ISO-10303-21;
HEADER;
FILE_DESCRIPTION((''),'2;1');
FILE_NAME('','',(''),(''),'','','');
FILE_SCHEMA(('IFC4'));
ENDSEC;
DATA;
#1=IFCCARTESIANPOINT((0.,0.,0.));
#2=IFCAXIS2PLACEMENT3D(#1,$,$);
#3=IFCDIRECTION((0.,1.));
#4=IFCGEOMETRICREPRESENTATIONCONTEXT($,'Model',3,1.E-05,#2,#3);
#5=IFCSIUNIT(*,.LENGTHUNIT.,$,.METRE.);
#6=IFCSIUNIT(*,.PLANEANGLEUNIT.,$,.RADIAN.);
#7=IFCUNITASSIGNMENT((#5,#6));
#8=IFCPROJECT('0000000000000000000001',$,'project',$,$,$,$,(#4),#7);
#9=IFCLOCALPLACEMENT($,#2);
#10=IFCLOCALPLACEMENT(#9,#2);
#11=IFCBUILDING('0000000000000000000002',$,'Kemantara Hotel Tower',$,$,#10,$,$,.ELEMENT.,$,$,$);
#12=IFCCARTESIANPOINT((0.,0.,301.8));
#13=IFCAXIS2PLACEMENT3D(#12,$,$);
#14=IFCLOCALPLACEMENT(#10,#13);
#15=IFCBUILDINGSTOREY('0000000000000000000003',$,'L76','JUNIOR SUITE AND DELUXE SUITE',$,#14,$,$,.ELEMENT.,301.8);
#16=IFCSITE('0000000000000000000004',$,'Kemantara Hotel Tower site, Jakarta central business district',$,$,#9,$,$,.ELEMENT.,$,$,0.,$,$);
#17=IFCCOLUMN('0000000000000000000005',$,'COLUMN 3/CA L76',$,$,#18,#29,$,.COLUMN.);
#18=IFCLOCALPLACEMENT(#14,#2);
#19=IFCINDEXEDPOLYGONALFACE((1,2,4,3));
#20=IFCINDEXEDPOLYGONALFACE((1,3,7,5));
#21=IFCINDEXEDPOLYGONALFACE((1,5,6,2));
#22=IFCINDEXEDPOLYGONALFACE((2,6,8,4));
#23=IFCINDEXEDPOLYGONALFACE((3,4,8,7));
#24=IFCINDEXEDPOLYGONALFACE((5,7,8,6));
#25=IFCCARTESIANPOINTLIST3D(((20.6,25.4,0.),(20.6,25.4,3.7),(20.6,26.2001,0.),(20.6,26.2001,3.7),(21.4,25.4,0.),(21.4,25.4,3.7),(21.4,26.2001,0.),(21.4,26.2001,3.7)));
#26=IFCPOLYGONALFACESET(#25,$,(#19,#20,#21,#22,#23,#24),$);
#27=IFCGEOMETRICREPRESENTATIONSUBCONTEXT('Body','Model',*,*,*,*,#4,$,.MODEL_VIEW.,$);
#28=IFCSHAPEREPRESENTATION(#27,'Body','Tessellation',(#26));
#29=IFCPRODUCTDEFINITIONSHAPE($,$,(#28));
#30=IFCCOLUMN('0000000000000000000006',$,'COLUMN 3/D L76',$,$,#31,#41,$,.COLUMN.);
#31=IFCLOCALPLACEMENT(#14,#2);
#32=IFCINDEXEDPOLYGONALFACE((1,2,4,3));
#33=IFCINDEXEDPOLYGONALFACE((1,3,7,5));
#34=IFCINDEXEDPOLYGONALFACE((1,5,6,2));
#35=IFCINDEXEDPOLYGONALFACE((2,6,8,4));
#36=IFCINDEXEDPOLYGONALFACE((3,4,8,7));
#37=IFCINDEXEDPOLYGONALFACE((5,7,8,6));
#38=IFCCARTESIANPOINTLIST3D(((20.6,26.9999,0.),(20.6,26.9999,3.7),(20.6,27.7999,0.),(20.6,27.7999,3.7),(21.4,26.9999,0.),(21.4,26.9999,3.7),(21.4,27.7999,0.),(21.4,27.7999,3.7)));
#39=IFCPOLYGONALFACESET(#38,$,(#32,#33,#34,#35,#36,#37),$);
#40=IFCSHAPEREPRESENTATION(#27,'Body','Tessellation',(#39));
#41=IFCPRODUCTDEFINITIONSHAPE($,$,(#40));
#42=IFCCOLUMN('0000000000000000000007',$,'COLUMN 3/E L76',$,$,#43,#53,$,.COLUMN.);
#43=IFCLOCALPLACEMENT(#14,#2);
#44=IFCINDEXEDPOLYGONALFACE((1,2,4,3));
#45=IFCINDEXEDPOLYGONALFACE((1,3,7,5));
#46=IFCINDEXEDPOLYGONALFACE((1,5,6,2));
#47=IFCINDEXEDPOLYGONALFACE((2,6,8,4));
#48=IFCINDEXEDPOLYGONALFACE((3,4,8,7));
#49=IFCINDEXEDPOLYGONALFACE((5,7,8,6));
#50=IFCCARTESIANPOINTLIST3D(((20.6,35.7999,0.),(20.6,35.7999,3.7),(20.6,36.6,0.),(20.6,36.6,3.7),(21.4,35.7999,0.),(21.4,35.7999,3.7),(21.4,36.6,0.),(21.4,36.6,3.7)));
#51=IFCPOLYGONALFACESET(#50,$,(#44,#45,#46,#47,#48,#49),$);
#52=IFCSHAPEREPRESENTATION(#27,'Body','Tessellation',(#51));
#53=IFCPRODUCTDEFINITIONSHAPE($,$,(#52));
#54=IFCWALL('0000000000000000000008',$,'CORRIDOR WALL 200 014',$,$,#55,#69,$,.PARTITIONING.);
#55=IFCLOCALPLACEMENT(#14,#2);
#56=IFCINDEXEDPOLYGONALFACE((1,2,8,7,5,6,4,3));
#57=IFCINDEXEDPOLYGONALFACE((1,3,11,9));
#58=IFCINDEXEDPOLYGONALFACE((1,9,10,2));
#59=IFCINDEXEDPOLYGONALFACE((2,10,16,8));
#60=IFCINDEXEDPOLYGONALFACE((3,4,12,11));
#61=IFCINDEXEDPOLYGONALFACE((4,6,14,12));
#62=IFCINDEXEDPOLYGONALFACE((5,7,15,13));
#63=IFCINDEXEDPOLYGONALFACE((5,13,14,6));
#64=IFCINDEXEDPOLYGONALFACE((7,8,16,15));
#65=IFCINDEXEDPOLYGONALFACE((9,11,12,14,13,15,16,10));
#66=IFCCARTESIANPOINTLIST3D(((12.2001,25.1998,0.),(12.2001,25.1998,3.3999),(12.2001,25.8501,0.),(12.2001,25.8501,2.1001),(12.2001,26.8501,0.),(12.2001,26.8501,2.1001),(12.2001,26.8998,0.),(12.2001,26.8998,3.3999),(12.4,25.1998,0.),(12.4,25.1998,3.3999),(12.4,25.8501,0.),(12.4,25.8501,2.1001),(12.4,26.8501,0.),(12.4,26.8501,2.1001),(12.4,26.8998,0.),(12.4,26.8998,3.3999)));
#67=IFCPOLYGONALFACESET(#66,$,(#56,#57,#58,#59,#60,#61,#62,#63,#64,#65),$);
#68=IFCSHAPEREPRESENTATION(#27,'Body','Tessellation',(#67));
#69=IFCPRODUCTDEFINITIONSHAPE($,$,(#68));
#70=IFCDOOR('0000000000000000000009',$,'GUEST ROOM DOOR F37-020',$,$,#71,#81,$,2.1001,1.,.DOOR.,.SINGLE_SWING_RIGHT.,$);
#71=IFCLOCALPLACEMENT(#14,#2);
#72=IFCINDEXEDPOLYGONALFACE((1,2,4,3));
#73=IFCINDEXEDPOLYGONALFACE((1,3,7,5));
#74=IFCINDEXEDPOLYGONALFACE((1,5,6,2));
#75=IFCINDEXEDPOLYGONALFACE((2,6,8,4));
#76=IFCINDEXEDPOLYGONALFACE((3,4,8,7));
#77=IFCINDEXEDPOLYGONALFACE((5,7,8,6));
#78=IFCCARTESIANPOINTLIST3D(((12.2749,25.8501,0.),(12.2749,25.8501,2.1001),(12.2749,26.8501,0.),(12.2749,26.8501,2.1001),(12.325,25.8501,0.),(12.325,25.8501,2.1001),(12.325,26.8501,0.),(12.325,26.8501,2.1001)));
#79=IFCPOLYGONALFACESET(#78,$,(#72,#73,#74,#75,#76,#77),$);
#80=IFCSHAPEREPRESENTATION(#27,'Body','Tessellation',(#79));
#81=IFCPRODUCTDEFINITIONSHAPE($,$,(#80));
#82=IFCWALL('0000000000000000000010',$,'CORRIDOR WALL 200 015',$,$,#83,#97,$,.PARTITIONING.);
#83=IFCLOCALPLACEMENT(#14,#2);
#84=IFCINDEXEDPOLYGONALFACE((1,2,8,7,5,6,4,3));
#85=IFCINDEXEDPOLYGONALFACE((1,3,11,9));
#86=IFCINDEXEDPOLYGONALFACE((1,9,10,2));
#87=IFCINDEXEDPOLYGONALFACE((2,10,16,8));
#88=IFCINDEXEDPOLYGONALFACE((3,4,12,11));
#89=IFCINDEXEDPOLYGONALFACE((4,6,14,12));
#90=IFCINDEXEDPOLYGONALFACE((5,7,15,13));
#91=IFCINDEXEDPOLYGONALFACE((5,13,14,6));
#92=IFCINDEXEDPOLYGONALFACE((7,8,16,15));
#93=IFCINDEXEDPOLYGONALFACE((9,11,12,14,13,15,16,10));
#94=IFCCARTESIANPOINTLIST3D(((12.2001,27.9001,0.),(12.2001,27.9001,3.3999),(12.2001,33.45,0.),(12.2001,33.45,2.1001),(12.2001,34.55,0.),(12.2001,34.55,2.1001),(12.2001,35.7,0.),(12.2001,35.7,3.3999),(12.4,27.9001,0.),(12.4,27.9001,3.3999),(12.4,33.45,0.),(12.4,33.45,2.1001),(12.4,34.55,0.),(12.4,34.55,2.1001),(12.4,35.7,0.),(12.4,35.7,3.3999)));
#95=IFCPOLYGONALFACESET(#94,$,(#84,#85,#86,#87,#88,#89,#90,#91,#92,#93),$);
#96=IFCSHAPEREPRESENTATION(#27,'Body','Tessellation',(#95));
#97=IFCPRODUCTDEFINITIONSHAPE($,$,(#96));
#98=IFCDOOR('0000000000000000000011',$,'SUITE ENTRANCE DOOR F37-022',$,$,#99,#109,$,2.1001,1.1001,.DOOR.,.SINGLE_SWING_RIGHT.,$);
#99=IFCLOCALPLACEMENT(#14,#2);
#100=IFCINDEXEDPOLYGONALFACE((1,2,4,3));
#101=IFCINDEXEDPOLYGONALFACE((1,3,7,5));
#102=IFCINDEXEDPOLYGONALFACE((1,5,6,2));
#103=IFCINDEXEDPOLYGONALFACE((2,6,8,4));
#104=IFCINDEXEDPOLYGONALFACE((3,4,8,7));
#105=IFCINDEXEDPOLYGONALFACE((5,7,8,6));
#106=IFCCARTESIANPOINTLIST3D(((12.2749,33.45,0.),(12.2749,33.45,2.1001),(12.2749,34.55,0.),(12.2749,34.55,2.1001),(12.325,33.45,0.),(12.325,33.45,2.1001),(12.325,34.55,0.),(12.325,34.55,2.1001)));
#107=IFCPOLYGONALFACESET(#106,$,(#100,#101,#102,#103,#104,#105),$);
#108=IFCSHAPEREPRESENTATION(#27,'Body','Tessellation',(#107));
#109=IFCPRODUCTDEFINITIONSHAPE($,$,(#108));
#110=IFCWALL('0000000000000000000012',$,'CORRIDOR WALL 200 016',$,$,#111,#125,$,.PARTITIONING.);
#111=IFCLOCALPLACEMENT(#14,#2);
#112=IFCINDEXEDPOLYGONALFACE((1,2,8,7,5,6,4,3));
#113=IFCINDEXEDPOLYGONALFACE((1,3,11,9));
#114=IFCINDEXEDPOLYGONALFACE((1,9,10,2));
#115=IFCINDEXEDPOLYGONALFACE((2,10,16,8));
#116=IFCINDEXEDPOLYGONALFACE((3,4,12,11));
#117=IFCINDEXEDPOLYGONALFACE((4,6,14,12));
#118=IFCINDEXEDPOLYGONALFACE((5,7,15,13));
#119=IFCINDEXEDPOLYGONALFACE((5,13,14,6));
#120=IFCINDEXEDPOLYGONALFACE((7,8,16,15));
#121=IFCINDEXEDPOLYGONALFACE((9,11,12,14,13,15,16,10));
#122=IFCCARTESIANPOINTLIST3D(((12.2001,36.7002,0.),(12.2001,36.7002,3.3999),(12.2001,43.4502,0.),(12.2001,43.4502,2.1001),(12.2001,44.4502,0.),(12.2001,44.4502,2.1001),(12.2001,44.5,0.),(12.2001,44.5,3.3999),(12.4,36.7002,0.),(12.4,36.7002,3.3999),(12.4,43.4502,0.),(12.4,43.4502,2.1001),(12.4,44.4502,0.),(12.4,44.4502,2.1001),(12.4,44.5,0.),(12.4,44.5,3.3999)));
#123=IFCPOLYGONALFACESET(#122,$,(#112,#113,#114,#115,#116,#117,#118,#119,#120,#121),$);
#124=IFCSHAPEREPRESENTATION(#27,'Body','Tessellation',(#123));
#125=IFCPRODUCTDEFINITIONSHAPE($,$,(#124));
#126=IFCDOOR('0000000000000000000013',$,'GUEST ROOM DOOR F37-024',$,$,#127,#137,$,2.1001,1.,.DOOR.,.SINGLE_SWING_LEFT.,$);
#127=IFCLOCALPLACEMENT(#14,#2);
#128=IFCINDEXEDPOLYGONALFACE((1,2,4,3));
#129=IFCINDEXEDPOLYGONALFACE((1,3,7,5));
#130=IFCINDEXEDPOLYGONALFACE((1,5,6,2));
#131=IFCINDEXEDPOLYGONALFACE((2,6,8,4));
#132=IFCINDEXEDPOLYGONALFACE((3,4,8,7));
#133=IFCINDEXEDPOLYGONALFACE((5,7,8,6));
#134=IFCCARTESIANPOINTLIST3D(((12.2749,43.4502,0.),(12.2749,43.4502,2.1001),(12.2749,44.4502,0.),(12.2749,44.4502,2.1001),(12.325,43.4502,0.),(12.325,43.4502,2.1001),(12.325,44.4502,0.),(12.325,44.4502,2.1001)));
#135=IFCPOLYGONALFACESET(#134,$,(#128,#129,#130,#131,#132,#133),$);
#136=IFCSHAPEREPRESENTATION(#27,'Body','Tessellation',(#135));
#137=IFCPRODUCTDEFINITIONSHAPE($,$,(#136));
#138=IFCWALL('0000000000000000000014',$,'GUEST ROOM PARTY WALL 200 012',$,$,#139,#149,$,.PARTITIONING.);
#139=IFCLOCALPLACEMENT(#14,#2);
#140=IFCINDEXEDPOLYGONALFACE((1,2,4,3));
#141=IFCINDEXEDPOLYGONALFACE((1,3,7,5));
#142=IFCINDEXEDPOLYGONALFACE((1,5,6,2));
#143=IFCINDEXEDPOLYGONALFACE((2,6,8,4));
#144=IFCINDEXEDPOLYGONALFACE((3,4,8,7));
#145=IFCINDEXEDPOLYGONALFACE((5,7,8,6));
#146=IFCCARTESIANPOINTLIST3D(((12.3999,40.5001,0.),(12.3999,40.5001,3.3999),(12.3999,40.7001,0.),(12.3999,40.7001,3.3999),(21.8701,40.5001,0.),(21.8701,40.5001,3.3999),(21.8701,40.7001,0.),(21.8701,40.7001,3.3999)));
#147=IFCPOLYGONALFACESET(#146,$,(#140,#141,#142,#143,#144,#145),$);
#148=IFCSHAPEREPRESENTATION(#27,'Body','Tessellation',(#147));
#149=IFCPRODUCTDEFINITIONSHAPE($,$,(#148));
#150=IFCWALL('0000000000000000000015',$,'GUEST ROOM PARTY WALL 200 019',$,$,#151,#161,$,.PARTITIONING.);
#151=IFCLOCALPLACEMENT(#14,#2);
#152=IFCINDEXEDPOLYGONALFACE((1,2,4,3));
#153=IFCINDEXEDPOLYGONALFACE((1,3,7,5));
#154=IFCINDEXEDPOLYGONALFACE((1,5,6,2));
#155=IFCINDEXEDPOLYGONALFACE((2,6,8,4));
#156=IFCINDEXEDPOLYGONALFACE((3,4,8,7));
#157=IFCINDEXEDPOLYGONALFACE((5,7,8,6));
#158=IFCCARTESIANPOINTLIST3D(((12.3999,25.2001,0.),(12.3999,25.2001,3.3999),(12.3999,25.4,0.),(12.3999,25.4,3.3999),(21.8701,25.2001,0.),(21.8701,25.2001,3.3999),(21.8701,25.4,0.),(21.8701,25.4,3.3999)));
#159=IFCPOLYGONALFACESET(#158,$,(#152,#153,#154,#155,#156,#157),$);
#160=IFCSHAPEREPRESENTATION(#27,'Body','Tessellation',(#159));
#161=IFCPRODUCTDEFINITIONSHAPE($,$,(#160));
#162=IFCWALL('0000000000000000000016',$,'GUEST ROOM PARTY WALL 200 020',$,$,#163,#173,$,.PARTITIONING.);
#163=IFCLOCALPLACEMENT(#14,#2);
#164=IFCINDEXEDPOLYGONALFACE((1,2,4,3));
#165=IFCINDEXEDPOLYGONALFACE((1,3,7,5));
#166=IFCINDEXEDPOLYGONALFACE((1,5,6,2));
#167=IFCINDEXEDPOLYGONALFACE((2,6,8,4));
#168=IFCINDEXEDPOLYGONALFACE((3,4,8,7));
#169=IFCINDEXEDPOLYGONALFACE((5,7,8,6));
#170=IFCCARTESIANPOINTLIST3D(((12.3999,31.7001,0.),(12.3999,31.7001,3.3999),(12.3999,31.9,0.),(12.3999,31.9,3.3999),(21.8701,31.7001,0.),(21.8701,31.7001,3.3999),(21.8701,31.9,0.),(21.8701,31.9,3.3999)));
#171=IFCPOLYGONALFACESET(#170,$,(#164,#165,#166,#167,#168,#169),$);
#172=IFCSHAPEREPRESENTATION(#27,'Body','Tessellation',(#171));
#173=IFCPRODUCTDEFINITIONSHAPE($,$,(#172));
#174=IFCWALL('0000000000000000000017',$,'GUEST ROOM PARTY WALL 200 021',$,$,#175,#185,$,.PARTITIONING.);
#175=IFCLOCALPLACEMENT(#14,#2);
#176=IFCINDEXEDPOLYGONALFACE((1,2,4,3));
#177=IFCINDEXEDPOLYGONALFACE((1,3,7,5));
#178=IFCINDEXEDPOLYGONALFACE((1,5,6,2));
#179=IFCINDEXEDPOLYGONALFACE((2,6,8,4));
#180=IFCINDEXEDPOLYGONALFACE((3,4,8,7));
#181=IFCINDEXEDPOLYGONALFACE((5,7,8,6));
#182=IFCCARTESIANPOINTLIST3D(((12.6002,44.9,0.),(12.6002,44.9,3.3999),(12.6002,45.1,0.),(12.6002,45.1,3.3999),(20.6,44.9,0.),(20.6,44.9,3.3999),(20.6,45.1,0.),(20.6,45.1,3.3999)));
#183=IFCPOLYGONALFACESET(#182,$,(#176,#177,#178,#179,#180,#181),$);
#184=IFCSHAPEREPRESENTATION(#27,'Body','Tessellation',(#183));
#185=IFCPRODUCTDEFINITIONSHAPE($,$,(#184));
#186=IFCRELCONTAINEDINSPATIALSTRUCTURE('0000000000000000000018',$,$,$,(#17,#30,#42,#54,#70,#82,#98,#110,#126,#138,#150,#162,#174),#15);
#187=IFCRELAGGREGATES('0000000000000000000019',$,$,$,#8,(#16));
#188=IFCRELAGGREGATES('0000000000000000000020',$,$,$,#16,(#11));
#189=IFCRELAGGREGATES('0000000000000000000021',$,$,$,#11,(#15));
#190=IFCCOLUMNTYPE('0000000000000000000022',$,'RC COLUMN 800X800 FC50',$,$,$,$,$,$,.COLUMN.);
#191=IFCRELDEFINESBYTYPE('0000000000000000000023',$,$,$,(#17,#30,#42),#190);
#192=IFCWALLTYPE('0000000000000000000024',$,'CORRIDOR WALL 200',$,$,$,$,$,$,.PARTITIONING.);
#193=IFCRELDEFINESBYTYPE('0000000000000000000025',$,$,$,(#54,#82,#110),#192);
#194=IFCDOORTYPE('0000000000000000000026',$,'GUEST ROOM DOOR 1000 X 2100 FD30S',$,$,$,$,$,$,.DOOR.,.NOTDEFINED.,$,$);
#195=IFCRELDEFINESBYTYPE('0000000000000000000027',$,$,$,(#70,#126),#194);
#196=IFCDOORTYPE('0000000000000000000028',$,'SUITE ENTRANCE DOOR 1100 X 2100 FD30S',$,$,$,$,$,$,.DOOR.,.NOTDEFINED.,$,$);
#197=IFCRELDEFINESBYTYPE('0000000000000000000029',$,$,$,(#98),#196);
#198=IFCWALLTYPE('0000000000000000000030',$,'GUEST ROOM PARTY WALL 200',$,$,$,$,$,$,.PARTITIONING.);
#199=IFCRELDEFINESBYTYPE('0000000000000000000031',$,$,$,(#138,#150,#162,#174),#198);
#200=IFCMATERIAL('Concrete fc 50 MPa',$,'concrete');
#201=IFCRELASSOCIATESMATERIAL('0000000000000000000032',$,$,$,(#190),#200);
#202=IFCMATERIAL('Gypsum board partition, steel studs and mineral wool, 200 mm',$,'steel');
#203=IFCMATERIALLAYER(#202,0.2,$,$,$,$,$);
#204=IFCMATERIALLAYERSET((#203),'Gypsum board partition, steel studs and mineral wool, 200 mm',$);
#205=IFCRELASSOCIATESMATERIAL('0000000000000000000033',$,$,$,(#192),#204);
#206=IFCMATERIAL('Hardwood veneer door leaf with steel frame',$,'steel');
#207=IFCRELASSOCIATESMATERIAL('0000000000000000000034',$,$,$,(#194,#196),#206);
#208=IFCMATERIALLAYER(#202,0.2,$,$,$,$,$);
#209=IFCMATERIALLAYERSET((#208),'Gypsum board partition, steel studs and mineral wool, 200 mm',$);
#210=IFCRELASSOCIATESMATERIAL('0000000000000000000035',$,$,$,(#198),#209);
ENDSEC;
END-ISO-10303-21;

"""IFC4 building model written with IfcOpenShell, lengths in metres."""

from ifc_helpers import new_model, si_unit, direction, frame, frame_2d, origin, origin_2d, place, context, subcontext, project, spatial, rectangle, extrude, material, layer, layer_set, material_profile, profile_set, type_object, element, fill, save


model = new_model("IFC4")

# Units and contexts
model_context = context("Model", 3, precision=1e-05, world=origin(), true_north=direction((0.0, 1.0)))
body_context = subcontext(model_context, "Body", "Model", "MODEL_VIEW")
ifc_project = project(units=[si_unit("LENGTHUNIT", "METRE"), si_unit("PLANEANGLEUNIT", "RADIAN")], contexts=[model_context])

# Site, building, storey
site_placement = place(None, origin())
site = spatial("IfcSite", under=ifc_project, at=site_placement, Name="Kemantara Hotel Tower site, Jakarta central business district", CompositionType="ELEMENT", RefElevation=0.0)
building_placement = place(site_placement, origin())
building = spatial("IfcBuilding", under=site, at=building_placement, Name="Kemantara Hotel Tower", CompositionType="ELEMENT")
storey_placement = place(building_placement, frame((0.0, 0.0, 301.8)))
storey = spatial("IfcBuildingStorey", under=building, at=storey_placement, Name="L76", Description="JUNIOR SUITE AND DELUXE SUITE", CompositionType="ELEMENT", Elevation=301.8)

# Columns
ifc_material_1 = material(Name="Concrete fc 50 MPa", Category="concrete")
ifc_material_profile = material_profile(ifc_material_1, rectangle(XDim=0.8, YDim=0.8, at=origin_2d()), Name="RC 800X800")
ifc_profile_set = profile_set([ifc_material_profile], Name="Concrete fc 50 MPa")
column_type = type_object("IfcColumnType", Name="RC COLUMN 800X800 FC50", PredefinedType="COLUMN", material=ifc_profile_set)
for number, where, z_axis, x_axis, name in (
    (1, (21.0, 25.8, 0.0), (0.0, 0.0, 1.0), (1.0, 0.0, 0.0), "COLUMN 3/CA L76"),
    (2, (21.0, 27.3999, 0.0), (0.0, 0.0, 1.0), (1.0, 0.0, 0.0), "COLUMN 3/D L76"),
    (3, (21.0, 36.2, 0.0), (0.0, 0.0, 1.0), (1.0, 0.0, 0.0), "COLUMN 3/E L76"),
):
    element("IfcColumn", number, at=place(storey_placement, frame(where, z_axis=z_axis, x_axis=x_axis)), inside=storey, type_object=column_type, Name=name, PredefinedType="COLUMN", context=body_context, shape_type="SweptSolid", body=[
        extrude(rectangle(XDim=0.8, YDim=0.8, at=origin_2d()), origin(), (0.0, 0.0, 1.0), 3.7),
    ])

# Walls, openings, doors
ifc_material_2 = material(Name="Gypsum board partition, steel studs and mineral wool, 200 mm", Category="steel")
ifc_layer_1 = layer(ifc_material_2, 0.2)
ifc_layer_set_1 = layer_set([ifc_layer_1], Name="Gypsum board partition, steel studs and mineral wool, 200 mm")
wall_type_1 = type_object("IfcWallType", Name="CORRIDOR WALL 200", PredefinedType="PARTITIONING", material=ifc_layer_set_1)
wall_1_placement = place(storey_placement, frame((12.3, 26.8999, 0.0), z_axis=(0.0, 0.0, 1.0), x_axis=(0.0, -1.0, 0.0)))
wall_1 = element("IfcWall", 4, at=wall_1_placement, inside=storey, type_object=wall_type_1, Name="CORRIDOR WALL 200 014", PredefinedType="PARTITIONING", context=body_context, shape_type="SweptSolid", body=[
    extrude(rectangle(XDim=1.7, YDim=0.2, at=frame_2d((0.8501, 0.0))), origin(), (0.0, 0.0, 1.0), 3.3999),
])
opening_1_placement = place(wall_1_placement, frame((0.0498, 0.0, 0.0)))
opening_1 = element("IfcOpeningElement", 5, at=opening_1_placement, cuts=wall_1, PredefinedType="OPENING", context=body_context, shape_type="SweptSolid", body=[
    extrude(rectangle(XDim=1.0, YDim=2.1001, at=frame_2d((0.5, 1.05))), frame((0.0, 0.1099, 0.0), z_axis=(0.0, -1.0, 0.0), x_axis=(1.0, 0.0, 0.0)), (0.0, 0.0, 1.0), 0.22),
])
ifc_material_3 = material(Name="Hardwood veneer door leaf with steel frame", Category="steel")
door_type_1 = type_object("IfcDoorType", Name="GUEST ROOM DOOR 1000 X 2100 FD30S", OperationType="NOTDEFINED", PredefinedType="DOOR", material=ifc_material_3)
door_1_placement = place(opening_1_placement, origin())
door_1 = element("IfcDoor", 6, at=door_1_placement, inside=storey, type_object=door_type_1, Name="GUEST ROOM DOOR F37-020", OperationType="SINGLE_SWING_RIGHT", OverallHeight=2.1001, OverallWidth=1.0, PredefinedType="DOOR", context=body_context, shape_type="SweptSolid", body=[
    extrude(rectangle(XDim=1.0, YDim=2.1001, at=frame_2d((0.5, 1.05))), frame((0.0, 0.0249, 0.0), z_axis=(0.0, -1.0, 0.0), x_axis=(1.0, 0.0, 0.0)), (0.0, 0.0, 1.0), 0.05),
])
fill(opening_1, door_1)
wall_2_placement = place(storey_placement, frame((12.3, 35.7, 0.0), z_axis=(0.0, 0.0, 1.0), x_axis=(0.0, -1.0, 0.0)))
wall_2 = element("IfcWall", 7, at=wall_2_placement, inside=storey, type_object=wall_type_1, Name="CORRIDOR WALL 200 015", PredefinedType="PARTITIONING", context=body_context, shape_type="SweptSolid", body=[
    extrude(rectangle(XDim=7.7998, YDim=0.2, at=frame_2d((3.8999, 0.0))), origin(), (0.0, 0.0, 1.0), 3.3999),
])
opening_2_placement = place(wall_2_placement, frame((1.1499, 0.0, 0.0)))
opening_2 = element("IfcOpeningElement", 8, at=opening_2_placement, cuts=wall_2, PredefinedType="OPENING", context=body_context, shape_type="SweptSolid", body=[
    extrude(rectangle(XDim=1.1001, YDim=2.1001, at=frame_2d((0.55, 1.05))), frame((0.0, 0.1099, 0.0), z_axis=(0.0, -1.0, 0.0), x_axis=(1.0, 0.0, 0.0)), (0.0, 0.0, 1.0), 0.22),
])
door_type_2 = type_object("IfcDoorType", Name="SUITE ENTRANCE DOOR 1100 X 2100 FD30S", OperationType="NOTDEFINED", PredefinedType="DOOR", material=ifc_material_3)
door_2_placement = place(opening_2_placement, origin())
door_2 = element("IfcDoor", 9, at=door_2_placement, inside=storey, type_object=door_type_2, Name="SUITE ENTRANCE DOOR F37-022", OperationType="SINGLE_SWING_RIGHT", OverallHeight=2.1001, OverallWidth=1.1001, PredefinedType="DOOR", context=body_context, shape_type="SweptSolid", body=[
    extrude(rectangle(XDim=1.1001, YDim=2.1001, at=frame_2d((0.55, 1.05))), frame((0.0, 0.0249, 0.0), z_axis=(0.0, -1.0, 0.0), x_axis=(1.0, 0.0, 0.0)), (0.0, 0.0, 1.0), 0.05),
])
fill(opening_2, door_2)
wall_3_placement = place(storey_placement, frame((12.3, 44.5, 0.0), z_axis=(0.0, 0.0, 1.0), x_axis=(0.0, -1.0, 0.0)))
wall_3 = element("IfcWall", 10, at=wall_3_placement, inside=storey, type_object=wall_type_1, Name="CORRIDOR WALL 200 016", PredefinedType="PARTITIONING", context=body_context, shape_type="SweptSolid", body=[
    extrude(rectangle(XDim=7.7998, YDim=0.2, at=frame_2d((3.8999, 0.0))), origin(), (0.0, 0.0, 1.0), 3.3999),
])
opening_3_placement = place(wall_3_placement, frame((0.0498, 0.0, 0.0)))
opening_3 = element("IfcOpeningElement", 11, at=opening_3_placement, cuts=wall_3, PredefinedType="OPENING", context=body_context, shape_type="SweptSolid", body=[
    extrude(rectangle(XDim=1.0, YDim=2.1001, at=frame_2d((0.5, 1.05))), frame((0.0, 0.1099, 0.0), z_axis=(0.0, -1.0, 0.0), x_axis=(1.0, 0.0, 0.0)), (0.0, 0.0, 1.0), 0.22),
])
door_3_placement = place(opening_3_placement, origin())
door_3 = element("IfcDoor", 12, at=door_3_placement, inside=storey, type_object=door_type_1, Name="GUEST ROOM DOOR F37-024", OperationType="SINGLE_SWING_LEFT", OverallHeight=2.1001, OverallWidth=1.0, PredefinedType="DOOR", context=body_context, shape_type="SweptSolid", body=[
    extrude(rectangle(XDim=1.0, YDim=2.1001, at=frame_2d((0.5, 1.05))), frame((0.0, 0.0249, 0.0), z_axis=(0.0, -1.0, 0.0), x_axis=(1.0, 0.0, 0.0)), (0.0, 0.0, 1.0), 0.05),
])
fill(opening_3, door_3)

# Walls
ifc_layer_2 = layer(ifc_material_2, 0.2)
ifc_layer_set_2 = layer_set([ifc_layer_2], Name="Gypsum board partition, steel studs and mineral wool, 200 mm")
wall_type_2 = type_object("IfcWallType", Name="GUEST ROOM PARTY WALL 200", PredefinedType="PARTITIONING", material=ifc_layer_set_2)
for number, where, z_axis, x_axis, name in (
    (13, (12.3999, 40.6001, 0.0), (0.0, 0.0, 1.0), (1.0, 0.0, 0.0), "GUEST ROOM PARTY WALL 200 012"),
    (14, (12.3999, 25.3, 0.0), (0.0, 0.0, 1.0), (1.0, 0.0, 0.0), "GUEST ROOM PARTY WALL 200 019"),
    (15, (12.3999, 31.8, 0.0), (0.0, 0.0, 1.0), (1.0, 0.0, 0.0), "GUEST ROOM PARTY WALL 200 020"),
):
    element("IfcWall", number, at=place(storey_placement, frame(where, z_axis=z_axis, x_axis=x_axis)), inside=storey, type_object=wall_type_2, Name=name, PredefinedType="PARTITIONING", context=body_context, shape_type="SweptSolid", body=[
        extrude(rectangle(XDim=9.4702, YDim=0.2, at=frame_2d((4.7351, 0.0))), origin(), (0.0, 0.0, 1.0), 3.3999),
    ])
wall_4_placement = place(storey_placement, frame((12.6001, 45.0, 0.0), z_axis=(0.0, 0.0, 1.0), x_axis=(1.0, 0.0, 0.0)))
element("IfcWall", 16, at=wall_4_placement, inside=storey, type_object=wall_type_2, Name="GUEST ROOM PARTY WALL 200 021", PredefinedType="PARTITIONING", context=body_context, shape_type="SweptSolid", body=[
    extrude(rectangle(XDim=7.9998, YDim=0.2, at=frame_2d((4.0, 0.0))), origin(), (0.0, 0.0, 1.0), 3.3999),
])

save(model, "model.ifc")
